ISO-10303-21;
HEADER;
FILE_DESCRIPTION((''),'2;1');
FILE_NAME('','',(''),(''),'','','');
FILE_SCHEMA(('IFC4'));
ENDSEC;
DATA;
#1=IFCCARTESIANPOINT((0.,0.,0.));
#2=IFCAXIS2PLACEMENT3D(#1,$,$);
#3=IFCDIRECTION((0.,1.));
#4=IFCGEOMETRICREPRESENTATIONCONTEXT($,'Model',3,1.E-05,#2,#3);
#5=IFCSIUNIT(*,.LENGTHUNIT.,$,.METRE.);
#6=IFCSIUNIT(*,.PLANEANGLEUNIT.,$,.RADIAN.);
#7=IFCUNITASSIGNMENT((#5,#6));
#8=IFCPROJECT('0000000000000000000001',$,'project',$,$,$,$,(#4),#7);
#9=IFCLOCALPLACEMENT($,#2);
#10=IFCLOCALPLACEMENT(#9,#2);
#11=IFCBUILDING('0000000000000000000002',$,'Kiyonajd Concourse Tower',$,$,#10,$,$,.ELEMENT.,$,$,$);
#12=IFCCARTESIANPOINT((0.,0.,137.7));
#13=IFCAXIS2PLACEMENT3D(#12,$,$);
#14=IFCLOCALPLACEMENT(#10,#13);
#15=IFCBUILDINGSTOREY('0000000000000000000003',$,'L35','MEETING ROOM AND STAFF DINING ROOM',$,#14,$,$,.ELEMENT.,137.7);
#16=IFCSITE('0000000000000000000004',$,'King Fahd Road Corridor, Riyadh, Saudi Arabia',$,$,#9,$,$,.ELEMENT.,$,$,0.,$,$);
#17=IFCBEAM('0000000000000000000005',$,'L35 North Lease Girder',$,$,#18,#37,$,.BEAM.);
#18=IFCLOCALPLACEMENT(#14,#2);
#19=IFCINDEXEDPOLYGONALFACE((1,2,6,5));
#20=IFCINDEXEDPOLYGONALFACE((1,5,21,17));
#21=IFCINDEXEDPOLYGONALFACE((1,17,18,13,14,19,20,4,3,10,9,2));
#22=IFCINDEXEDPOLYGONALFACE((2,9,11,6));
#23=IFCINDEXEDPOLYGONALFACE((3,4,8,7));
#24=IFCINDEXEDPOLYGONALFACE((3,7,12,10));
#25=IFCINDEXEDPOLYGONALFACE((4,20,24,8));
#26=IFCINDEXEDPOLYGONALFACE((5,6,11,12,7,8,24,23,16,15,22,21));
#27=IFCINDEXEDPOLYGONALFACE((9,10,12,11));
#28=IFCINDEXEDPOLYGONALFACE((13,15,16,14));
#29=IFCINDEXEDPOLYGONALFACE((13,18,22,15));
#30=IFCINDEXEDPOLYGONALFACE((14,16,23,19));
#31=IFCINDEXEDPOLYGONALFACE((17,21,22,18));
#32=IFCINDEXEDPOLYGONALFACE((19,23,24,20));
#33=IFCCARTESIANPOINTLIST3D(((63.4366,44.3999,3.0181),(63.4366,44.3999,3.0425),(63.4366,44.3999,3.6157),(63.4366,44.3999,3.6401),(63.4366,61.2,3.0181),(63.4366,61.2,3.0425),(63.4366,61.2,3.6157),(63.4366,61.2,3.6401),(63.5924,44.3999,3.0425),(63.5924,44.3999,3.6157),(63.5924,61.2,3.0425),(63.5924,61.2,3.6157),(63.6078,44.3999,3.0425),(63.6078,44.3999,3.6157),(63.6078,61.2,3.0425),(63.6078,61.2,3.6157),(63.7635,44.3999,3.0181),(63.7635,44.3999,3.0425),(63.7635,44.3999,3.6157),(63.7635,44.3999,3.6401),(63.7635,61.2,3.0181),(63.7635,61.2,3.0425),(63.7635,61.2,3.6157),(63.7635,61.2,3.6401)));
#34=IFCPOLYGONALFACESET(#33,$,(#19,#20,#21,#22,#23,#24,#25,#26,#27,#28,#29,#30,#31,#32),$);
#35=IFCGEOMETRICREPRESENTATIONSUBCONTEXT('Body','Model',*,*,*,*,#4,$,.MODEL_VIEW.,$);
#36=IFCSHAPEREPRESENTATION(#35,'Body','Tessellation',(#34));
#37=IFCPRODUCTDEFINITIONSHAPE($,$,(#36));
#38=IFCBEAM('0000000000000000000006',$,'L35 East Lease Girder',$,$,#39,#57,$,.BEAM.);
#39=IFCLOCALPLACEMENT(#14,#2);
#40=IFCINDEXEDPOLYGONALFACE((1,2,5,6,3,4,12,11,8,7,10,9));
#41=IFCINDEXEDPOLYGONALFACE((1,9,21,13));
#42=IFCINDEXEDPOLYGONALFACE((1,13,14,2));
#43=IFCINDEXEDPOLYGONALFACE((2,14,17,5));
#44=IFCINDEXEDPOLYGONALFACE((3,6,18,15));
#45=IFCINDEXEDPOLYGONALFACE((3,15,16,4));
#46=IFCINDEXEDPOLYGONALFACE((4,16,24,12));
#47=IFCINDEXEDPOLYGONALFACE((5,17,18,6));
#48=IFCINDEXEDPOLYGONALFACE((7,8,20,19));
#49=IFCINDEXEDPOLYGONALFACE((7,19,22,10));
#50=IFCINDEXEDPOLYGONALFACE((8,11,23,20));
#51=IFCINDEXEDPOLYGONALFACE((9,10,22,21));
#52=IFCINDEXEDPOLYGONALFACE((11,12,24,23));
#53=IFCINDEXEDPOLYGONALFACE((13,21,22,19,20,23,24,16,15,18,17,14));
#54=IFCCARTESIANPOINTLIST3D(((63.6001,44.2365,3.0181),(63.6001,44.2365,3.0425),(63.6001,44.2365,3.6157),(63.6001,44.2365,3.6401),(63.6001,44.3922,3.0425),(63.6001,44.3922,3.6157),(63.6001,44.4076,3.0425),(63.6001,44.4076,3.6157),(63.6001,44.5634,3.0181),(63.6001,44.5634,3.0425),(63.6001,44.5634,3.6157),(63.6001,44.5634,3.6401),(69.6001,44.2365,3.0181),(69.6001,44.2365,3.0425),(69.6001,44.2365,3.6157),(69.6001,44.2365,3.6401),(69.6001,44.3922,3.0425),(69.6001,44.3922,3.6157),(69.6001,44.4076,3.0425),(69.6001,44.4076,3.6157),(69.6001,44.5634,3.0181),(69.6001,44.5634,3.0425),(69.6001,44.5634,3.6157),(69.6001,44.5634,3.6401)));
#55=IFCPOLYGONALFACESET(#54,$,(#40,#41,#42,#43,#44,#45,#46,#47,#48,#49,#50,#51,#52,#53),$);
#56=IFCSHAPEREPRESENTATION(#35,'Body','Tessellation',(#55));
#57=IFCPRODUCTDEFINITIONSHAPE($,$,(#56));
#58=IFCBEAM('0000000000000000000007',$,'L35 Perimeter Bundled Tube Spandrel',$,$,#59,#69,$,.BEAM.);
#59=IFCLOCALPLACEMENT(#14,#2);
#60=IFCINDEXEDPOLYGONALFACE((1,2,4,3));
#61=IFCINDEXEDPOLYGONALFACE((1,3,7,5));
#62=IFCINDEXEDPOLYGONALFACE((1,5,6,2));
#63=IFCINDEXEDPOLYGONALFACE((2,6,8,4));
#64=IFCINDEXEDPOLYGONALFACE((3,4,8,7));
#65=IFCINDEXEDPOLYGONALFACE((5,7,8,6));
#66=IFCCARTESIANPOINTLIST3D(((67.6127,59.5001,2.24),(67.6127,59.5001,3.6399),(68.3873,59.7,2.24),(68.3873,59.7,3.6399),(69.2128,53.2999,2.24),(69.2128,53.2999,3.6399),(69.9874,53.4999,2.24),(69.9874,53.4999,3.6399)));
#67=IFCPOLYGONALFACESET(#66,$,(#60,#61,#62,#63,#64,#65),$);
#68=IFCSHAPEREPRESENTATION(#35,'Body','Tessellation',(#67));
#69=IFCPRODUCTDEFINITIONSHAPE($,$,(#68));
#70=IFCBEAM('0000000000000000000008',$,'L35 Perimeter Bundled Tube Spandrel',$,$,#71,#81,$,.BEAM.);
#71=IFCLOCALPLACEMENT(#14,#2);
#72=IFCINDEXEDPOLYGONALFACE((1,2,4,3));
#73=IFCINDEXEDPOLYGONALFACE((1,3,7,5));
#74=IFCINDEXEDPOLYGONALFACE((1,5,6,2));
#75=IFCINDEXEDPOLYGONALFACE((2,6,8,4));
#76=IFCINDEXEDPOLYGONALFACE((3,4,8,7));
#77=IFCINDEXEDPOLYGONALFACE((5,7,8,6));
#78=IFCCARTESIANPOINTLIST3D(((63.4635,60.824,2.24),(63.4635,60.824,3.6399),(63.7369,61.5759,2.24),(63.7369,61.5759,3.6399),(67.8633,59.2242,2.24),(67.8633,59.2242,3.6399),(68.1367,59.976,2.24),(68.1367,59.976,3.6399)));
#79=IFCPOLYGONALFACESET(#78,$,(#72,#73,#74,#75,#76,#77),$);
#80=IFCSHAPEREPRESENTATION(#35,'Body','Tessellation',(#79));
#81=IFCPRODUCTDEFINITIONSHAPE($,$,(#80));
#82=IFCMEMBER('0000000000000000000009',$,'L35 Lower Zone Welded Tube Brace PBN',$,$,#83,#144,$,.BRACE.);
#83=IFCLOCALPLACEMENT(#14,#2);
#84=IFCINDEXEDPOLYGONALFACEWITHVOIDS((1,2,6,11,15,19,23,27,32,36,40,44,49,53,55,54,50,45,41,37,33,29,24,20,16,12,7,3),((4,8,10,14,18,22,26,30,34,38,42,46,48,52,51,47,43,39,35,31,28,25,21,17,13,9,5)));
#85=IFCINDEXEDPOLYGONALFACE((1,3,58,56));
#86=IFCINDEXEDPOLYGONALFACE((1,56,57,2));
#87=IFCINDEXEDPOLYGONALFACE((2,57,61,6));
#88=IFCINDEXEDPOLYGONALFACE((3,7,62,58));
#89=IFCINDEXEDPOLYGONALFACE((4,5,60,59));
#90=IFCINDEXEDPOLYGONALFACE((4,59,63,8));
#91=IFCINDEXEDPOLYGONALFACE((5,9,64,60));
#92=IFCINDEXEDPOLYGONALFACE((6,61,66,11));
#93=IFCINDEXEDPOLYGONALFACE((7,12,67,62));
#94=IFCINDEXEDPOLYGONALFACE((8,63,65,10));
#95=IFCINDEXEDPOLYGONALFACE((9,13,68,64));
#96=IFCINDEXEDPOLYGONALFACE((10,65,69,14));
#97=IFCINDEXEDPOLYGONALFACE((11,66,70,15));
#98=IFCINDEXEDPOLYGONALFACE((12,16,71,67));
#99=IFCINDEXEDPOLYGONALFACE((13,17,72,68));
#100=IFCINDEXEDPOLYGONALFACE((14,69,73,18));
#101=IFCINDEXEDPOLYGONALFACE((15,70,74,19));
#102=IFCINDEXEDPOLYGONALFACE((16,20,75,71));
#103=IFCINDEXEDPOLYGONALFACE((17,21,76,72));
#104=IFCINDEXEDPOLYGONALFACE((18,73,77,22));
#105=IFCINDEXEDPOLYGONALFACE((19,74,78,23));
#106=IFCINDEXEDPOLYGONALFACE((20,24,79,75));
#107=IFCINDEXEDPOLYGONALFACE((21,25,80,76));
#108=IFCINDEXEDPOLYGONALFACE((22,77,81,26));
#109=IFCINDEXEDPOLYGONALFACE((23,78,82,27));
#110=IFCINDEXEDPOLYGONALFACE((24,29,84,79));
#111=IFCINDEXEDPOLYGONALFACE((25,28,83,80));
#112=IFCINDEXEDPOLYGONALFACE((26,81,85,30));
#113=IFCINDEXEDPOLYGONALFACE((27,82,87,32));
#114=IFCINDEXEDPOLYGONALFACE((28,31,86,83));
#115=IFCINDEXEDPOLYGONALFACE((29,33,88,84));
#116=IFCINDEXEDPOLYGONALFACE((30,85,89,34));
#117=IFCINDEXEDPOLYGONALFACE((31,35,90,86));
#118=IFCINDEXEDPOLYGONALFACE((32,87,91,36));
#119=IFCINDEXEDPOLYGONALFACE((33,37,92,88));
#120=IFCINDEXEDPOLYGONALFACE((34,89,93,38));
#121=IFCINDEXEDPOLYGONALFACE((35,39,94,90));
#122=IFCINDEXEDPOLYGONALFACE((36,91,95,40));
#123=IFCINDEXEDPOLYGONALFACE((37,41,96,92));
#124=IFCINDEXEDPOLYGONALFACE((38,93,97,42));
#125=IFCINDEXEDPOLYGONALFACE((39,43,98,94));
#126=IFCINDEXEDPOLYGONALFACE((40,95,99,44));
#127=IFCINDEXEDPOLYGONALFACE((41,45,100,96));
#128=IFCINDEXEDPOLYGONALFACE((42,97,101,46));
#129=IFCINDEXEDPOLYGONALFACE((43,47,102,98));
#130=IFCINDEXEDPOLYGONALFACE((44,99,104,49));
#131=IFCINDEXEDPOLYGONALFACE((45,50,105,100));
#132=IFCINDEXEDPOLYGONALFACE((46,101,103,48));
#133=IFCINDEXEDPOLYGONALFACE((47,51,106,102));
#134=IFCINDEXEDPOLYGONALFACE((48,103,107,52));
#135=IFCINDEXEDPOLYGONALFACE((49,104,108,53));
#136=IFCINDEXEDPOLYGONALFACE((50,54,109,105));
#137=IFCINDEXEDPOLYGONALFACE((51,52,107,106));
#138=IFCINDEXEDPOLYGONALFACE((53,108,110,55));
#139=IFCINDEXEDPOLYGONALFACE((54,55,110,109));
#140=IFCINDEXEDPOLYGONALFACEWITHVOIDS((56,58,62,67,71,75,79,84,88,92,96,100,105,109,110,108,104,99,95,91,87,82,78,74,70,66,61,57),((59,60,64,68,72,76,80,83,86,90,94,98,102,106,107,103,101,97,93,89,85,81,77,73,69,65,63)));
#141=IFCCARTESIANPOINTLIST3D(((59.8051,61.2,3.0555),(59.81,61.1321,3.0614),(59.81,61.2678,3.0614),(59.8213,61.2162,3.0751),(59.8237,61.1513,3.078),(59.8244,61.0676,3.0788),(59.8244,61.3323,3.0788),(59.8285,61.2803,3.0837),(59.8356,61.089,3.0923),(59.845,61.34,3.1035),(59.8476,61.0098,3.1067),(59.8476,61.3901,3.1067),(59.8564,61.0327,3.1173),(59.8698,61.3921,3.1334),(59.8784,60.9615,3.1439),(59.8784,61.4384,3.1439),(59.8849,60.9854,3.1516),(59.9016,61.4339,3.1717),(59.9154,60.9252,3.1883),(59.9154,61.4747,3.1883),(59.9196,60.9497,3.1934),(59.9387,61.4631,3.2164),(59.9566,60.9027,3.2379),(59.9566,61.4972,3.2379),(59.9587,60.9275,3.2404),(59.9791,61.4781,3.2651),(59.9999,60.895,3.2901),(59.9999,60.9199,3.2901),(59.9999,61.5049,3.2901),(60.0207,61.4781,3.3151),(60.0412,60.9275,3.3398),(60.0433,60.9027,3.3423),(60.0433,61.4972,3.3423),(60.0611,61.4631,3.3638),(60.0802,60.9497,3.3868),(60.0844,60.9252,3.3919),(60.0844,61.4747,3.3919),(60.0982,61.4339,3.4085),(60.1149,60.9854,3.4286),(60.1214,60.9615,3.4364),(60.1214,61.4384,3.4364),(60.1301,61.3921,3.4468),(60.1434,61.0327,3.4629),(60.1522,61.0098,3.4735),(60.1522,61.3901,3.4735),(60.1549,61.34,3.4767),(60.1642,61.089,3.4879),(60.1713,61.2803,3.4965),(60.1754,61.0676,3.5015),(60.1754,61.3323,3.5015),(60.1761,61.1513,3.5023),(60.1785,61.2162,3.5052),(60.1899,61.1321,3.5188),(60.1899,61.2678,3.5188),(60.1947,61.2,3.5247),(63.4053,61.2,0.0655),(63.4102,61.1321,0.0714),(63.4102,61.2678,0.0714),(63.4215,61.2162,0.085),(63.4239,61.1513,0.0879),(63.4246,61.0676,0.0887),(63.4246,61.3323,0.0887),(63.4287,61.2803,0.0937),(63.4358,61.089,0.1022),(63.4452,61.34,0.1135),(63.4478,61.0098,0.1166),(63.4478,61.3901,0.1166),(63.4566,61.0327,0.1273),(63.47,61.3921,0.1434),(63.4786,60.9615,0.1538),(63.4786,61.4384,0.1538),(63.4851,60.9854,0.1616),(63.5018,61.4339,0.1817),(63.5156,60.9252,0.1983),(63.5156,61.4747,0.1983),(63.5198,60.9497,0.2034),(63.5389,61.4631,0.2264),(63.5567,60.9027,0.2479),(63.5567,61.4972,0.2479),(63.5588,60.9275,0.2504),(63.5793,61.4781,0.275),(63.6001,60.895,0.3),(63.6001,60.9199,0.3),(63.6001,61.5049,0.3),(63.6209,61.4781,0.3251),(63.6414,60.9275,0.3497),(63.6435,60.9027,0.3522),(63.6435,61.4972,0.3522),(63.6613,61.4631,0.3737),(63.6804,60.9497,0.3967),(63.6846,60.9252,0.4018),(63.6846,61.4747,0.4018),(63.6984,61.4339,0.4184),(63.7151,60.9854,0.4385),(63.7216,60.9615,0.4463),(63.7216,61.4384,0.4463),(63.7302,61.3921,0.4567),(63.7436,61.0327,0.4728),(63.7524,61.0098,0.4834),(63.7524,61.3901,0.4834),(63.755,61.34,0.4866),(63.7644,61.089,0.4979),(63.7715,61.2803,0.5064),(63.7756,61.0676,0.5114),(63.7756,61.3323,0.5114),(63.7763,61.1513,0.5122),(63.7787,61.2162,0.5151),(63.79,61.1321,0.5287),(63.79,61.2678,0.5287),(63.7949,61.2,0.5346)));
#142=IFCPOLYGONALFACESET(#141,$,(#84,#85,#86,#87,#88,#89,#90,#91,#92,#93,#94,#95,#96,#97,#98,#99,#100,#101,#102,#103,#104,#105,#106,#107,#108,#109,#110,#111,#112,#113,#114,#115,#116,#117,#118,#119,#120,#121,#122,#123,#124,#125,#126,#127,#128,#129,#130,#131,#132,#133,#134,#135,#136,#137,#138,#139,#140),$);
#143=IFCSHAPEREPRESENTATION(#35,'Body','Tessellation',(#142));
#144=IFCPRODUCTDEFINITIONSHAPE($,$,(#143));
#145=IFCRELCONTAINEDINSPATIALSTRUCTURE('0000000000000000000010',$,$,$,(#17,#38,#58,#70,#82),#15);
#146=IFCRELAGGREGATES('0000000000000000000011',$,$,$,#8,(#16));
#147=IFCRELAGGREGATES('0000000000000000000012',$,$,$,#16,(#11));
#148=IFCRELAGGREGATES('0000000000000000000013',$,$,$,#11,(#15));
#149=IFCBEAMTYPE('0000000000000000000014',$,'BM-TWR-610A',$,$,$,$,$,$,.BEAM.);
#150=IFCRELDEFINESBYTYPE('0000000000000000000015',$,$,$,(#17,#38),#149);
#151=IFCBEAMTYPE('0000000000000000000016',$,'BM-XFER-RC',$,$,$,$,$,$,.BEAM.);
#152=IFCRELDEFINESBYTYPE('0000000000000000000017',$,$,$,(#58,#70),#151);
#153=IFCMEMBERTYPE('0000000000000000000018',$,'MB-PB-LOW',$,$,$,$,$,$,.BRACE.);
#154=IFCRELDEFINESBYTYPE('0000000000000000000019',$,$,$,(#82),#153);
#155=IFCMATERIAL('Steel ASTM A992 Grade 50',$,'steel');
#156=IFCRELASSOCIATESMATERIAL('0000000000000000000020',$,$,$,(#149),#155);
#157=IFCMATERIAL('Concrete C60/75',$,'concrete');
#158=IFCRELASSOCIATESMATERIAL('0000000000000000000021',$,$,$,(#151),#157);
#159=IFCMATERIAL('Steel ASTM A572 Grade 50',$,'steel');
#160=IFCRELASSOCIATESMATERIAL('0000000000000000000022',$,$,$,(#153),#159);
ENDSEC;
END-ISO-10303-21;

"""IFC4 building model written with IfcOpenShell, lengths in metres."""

from ifc_helpers import new_model, si_unit, direction, frame, origin, origin_2d, place, context, subcontext, project, spatial, rectangle, hollow_circle, i_section, extrude, material, material_profile, profile_set, type_object, element, save


model = new_model("IFC4")

# Units and contexts
model_context = context("Model", 3, precision=1e-05, world=origin(), true_north=direction((0.0, 1.0)))
body_context = subcontext(model_context, "Body", "Model", "MODEL_VIEW")
ifc_project = project(units=[si_unit("LENGTHUNIT", "METRE"), si_unit("PLANEANGLEUNIT", "RADIAN")], contexts=[model_context])

# Site, building, storey
site_placement = place(None, origin())
site = spatial("IfcSite", under=ifc_project, at=site_placement, Name="King Fahd Road Corridor, Riyadh, Saudi Arabia", CompositionType="ELEMENT", RefElevation=0.0)
building_placement = place(site_placement, origin())
building = spatial("IfcBuilding", under=site, at=building_placement, Name="Kiyonajd Concourse Tower", CompositionType="ELEMENT")
storey_placement = place(building_placement, frame((0.0, 0.0, 137.7)))
storey = spatial("IfcBuildingStorey", under=building, at=storey_placement, Name="L35", Description="MEETING ROOM AND STAFF DINING ROOM", CompositionType="ELEMENT", Elevation=137.7)

# Beams
ifc_material_1 = material(Name="Steel ASTM A992 Grade 50", Category="steel")
ifc_material_profile_1 = material_profile(ifc_material_1, i_section(OverallWidth=0.3269, OverallDepth=0.6221, WebThickness=0.0154, FlangeThickness=0.0244, at=origin_2d()), Name="W610X195")
ifc_profile_set_1 = profile_set([ifc_material_profile_1], Name="Steel ASTM A992 Grade 50")
beam_type_1 = type_object("IfcBeamType", Name="BM-TWR-610A", PredefinedType="BEAM", material=ifc_profile_set_1)
beam_1_placement = place(storey_placement, frame((63.6001, 44.3999, 3.3291), z_axis=(0.0, 1.0, 0.0), x_axis=(-1.0, 0.0, 0.0)))
element("IfcBeam", 1, at=beam_1_placement, inside=storey, type_object=beam_type_1, Name="L35 North Lease Girder", PredefinedType="BEAM", context=body_context, shape_type="SweptSolid", body=[
    extrude(i_section(OverallWidth=0.3269, OverallDepth=0.6221, WebThickness=0.0154, FlangeThickness=0.0244, at=origin_2d()), origin(), (0.0, 0.0, 1.0), 16.8),
])
beam_2_placement = place(storey_placement, frame((63.6001, 44.3999, 3.3291), z_axis=(1.0, 0.0, 0.0), x_axis=(0.0, 1.0, 0.0)))
element("IfcBeam", 2, at=beam_2_placement, inside=storey, type_object=beam_type_1, Name="L35 East Lease Girder", PredefinedType="BEAM", context=body_context, shape_type="SweptSolid", body=[
    extrude(i_section(OverallWidth=0.3269, OverallDepth=0.6221, WebThickness=0.0154, FlangeThickness=0.0244, at=origin_2d()), origin(), (0.0, 0.0, 1.0), 6.0),
])
ifc_material_2 = material(Name="Concrete C60/75", Category="concrete")
ifc_material_profile_2 = material_profile(ifc_material_2, rectangle(XDim=0.8, YDim=1.3999, at=origin_2d()), Name="RCBM-800x1400")
ifc_profile_set_2 = profile_set([ifc_material_profile_2], Name="Concrete C60/75")
beam_type_2 = type_object("IfcBeamType", Name="BM-XFER-RC", PredefinedType="BEAM", material=ifc_profile_set_2)
beam_3_placement = place(storey_placement, frame((69.6001, 53.3999, 2.9399), z_axis=(-0.249885, 0.968276, 0.0), x_axis=(-0.968276, -0.249885, 0.0)))
element("IfcBeam", 3, at=beam_3_placement, inside=storey, type_object=beam_type_2, Name="L35 Perimeter Bundled Tube Spandrel", PredefinedType="BEAM", context=body_context, shape_type="SweptSolid", body=[
    extrude(rectangle(XDim=0.8, YDim=1.3999, at=origin_2d()), origin(), (0.0, 0.0, 1.0), 6.4033),
])
beam_4_placement = place(storey_placement, frame((68.0, 59.6001, 2.9399), z_axis=(-0.939801, 0.341722, 0.0), x_axis=(-0.341722, -0.939801, 0.0)))
element("IfcBeam", 4, at=beam_4_placement, inside=storey, type_object=beam_type_2, Name="L35 Perimeter Bundled Tube Spandrel", PredefinedType="BEAM", context=body_context, shape_type="SweptSolid", body=[
    extrude(rectangle(XDim=0.8, YDim=1.3999, at=origin_2d()), origin(), (0.0, 0.0, 1.0), 4.6816),
])

# Member
ifc_material_3 = material(Name="Steel ASTM A572 Grade 50", Category="steel")
ifc_material_profile_3 = material_profile(ifc_material_3, hollow_circle(Radius=0.3049, WallThickness=0.0249, at=origin_2d()), Name="CHS-610x25")
ifc_profile_set_3 = profile_set([ifc_material_profile_3], Name="Steel ASTM A572 Grade 50")
member_type = type_object("IfcMemberType", Name="MB-PB-LOW", PredefinedType="BRACE", material=ifc_profile_set_3)
member_1_placement = place(storey_placement, frame((63.6001, 61.2, 0.3), z_axis=(-0.769281, 0.0, 0.638911), x_axis=(0.0, -1.0, 0.0)))
element("IfcMember", 5, at=member_1_placement, inside=storey, type_object=member_type, Name="L35 Lower Zone Welded Tube Brace PBN", PredefinedType="BRACE", context=body_context, shape_type="SweptSolid", body=[
    extrude(hollow_circle(Radius=0.3049, WallThickness=0.0249, at=origin_2d()), origin(), (0.0, 0.0, 1.0), 4.6799),
])

save(model, "model.ifc")
